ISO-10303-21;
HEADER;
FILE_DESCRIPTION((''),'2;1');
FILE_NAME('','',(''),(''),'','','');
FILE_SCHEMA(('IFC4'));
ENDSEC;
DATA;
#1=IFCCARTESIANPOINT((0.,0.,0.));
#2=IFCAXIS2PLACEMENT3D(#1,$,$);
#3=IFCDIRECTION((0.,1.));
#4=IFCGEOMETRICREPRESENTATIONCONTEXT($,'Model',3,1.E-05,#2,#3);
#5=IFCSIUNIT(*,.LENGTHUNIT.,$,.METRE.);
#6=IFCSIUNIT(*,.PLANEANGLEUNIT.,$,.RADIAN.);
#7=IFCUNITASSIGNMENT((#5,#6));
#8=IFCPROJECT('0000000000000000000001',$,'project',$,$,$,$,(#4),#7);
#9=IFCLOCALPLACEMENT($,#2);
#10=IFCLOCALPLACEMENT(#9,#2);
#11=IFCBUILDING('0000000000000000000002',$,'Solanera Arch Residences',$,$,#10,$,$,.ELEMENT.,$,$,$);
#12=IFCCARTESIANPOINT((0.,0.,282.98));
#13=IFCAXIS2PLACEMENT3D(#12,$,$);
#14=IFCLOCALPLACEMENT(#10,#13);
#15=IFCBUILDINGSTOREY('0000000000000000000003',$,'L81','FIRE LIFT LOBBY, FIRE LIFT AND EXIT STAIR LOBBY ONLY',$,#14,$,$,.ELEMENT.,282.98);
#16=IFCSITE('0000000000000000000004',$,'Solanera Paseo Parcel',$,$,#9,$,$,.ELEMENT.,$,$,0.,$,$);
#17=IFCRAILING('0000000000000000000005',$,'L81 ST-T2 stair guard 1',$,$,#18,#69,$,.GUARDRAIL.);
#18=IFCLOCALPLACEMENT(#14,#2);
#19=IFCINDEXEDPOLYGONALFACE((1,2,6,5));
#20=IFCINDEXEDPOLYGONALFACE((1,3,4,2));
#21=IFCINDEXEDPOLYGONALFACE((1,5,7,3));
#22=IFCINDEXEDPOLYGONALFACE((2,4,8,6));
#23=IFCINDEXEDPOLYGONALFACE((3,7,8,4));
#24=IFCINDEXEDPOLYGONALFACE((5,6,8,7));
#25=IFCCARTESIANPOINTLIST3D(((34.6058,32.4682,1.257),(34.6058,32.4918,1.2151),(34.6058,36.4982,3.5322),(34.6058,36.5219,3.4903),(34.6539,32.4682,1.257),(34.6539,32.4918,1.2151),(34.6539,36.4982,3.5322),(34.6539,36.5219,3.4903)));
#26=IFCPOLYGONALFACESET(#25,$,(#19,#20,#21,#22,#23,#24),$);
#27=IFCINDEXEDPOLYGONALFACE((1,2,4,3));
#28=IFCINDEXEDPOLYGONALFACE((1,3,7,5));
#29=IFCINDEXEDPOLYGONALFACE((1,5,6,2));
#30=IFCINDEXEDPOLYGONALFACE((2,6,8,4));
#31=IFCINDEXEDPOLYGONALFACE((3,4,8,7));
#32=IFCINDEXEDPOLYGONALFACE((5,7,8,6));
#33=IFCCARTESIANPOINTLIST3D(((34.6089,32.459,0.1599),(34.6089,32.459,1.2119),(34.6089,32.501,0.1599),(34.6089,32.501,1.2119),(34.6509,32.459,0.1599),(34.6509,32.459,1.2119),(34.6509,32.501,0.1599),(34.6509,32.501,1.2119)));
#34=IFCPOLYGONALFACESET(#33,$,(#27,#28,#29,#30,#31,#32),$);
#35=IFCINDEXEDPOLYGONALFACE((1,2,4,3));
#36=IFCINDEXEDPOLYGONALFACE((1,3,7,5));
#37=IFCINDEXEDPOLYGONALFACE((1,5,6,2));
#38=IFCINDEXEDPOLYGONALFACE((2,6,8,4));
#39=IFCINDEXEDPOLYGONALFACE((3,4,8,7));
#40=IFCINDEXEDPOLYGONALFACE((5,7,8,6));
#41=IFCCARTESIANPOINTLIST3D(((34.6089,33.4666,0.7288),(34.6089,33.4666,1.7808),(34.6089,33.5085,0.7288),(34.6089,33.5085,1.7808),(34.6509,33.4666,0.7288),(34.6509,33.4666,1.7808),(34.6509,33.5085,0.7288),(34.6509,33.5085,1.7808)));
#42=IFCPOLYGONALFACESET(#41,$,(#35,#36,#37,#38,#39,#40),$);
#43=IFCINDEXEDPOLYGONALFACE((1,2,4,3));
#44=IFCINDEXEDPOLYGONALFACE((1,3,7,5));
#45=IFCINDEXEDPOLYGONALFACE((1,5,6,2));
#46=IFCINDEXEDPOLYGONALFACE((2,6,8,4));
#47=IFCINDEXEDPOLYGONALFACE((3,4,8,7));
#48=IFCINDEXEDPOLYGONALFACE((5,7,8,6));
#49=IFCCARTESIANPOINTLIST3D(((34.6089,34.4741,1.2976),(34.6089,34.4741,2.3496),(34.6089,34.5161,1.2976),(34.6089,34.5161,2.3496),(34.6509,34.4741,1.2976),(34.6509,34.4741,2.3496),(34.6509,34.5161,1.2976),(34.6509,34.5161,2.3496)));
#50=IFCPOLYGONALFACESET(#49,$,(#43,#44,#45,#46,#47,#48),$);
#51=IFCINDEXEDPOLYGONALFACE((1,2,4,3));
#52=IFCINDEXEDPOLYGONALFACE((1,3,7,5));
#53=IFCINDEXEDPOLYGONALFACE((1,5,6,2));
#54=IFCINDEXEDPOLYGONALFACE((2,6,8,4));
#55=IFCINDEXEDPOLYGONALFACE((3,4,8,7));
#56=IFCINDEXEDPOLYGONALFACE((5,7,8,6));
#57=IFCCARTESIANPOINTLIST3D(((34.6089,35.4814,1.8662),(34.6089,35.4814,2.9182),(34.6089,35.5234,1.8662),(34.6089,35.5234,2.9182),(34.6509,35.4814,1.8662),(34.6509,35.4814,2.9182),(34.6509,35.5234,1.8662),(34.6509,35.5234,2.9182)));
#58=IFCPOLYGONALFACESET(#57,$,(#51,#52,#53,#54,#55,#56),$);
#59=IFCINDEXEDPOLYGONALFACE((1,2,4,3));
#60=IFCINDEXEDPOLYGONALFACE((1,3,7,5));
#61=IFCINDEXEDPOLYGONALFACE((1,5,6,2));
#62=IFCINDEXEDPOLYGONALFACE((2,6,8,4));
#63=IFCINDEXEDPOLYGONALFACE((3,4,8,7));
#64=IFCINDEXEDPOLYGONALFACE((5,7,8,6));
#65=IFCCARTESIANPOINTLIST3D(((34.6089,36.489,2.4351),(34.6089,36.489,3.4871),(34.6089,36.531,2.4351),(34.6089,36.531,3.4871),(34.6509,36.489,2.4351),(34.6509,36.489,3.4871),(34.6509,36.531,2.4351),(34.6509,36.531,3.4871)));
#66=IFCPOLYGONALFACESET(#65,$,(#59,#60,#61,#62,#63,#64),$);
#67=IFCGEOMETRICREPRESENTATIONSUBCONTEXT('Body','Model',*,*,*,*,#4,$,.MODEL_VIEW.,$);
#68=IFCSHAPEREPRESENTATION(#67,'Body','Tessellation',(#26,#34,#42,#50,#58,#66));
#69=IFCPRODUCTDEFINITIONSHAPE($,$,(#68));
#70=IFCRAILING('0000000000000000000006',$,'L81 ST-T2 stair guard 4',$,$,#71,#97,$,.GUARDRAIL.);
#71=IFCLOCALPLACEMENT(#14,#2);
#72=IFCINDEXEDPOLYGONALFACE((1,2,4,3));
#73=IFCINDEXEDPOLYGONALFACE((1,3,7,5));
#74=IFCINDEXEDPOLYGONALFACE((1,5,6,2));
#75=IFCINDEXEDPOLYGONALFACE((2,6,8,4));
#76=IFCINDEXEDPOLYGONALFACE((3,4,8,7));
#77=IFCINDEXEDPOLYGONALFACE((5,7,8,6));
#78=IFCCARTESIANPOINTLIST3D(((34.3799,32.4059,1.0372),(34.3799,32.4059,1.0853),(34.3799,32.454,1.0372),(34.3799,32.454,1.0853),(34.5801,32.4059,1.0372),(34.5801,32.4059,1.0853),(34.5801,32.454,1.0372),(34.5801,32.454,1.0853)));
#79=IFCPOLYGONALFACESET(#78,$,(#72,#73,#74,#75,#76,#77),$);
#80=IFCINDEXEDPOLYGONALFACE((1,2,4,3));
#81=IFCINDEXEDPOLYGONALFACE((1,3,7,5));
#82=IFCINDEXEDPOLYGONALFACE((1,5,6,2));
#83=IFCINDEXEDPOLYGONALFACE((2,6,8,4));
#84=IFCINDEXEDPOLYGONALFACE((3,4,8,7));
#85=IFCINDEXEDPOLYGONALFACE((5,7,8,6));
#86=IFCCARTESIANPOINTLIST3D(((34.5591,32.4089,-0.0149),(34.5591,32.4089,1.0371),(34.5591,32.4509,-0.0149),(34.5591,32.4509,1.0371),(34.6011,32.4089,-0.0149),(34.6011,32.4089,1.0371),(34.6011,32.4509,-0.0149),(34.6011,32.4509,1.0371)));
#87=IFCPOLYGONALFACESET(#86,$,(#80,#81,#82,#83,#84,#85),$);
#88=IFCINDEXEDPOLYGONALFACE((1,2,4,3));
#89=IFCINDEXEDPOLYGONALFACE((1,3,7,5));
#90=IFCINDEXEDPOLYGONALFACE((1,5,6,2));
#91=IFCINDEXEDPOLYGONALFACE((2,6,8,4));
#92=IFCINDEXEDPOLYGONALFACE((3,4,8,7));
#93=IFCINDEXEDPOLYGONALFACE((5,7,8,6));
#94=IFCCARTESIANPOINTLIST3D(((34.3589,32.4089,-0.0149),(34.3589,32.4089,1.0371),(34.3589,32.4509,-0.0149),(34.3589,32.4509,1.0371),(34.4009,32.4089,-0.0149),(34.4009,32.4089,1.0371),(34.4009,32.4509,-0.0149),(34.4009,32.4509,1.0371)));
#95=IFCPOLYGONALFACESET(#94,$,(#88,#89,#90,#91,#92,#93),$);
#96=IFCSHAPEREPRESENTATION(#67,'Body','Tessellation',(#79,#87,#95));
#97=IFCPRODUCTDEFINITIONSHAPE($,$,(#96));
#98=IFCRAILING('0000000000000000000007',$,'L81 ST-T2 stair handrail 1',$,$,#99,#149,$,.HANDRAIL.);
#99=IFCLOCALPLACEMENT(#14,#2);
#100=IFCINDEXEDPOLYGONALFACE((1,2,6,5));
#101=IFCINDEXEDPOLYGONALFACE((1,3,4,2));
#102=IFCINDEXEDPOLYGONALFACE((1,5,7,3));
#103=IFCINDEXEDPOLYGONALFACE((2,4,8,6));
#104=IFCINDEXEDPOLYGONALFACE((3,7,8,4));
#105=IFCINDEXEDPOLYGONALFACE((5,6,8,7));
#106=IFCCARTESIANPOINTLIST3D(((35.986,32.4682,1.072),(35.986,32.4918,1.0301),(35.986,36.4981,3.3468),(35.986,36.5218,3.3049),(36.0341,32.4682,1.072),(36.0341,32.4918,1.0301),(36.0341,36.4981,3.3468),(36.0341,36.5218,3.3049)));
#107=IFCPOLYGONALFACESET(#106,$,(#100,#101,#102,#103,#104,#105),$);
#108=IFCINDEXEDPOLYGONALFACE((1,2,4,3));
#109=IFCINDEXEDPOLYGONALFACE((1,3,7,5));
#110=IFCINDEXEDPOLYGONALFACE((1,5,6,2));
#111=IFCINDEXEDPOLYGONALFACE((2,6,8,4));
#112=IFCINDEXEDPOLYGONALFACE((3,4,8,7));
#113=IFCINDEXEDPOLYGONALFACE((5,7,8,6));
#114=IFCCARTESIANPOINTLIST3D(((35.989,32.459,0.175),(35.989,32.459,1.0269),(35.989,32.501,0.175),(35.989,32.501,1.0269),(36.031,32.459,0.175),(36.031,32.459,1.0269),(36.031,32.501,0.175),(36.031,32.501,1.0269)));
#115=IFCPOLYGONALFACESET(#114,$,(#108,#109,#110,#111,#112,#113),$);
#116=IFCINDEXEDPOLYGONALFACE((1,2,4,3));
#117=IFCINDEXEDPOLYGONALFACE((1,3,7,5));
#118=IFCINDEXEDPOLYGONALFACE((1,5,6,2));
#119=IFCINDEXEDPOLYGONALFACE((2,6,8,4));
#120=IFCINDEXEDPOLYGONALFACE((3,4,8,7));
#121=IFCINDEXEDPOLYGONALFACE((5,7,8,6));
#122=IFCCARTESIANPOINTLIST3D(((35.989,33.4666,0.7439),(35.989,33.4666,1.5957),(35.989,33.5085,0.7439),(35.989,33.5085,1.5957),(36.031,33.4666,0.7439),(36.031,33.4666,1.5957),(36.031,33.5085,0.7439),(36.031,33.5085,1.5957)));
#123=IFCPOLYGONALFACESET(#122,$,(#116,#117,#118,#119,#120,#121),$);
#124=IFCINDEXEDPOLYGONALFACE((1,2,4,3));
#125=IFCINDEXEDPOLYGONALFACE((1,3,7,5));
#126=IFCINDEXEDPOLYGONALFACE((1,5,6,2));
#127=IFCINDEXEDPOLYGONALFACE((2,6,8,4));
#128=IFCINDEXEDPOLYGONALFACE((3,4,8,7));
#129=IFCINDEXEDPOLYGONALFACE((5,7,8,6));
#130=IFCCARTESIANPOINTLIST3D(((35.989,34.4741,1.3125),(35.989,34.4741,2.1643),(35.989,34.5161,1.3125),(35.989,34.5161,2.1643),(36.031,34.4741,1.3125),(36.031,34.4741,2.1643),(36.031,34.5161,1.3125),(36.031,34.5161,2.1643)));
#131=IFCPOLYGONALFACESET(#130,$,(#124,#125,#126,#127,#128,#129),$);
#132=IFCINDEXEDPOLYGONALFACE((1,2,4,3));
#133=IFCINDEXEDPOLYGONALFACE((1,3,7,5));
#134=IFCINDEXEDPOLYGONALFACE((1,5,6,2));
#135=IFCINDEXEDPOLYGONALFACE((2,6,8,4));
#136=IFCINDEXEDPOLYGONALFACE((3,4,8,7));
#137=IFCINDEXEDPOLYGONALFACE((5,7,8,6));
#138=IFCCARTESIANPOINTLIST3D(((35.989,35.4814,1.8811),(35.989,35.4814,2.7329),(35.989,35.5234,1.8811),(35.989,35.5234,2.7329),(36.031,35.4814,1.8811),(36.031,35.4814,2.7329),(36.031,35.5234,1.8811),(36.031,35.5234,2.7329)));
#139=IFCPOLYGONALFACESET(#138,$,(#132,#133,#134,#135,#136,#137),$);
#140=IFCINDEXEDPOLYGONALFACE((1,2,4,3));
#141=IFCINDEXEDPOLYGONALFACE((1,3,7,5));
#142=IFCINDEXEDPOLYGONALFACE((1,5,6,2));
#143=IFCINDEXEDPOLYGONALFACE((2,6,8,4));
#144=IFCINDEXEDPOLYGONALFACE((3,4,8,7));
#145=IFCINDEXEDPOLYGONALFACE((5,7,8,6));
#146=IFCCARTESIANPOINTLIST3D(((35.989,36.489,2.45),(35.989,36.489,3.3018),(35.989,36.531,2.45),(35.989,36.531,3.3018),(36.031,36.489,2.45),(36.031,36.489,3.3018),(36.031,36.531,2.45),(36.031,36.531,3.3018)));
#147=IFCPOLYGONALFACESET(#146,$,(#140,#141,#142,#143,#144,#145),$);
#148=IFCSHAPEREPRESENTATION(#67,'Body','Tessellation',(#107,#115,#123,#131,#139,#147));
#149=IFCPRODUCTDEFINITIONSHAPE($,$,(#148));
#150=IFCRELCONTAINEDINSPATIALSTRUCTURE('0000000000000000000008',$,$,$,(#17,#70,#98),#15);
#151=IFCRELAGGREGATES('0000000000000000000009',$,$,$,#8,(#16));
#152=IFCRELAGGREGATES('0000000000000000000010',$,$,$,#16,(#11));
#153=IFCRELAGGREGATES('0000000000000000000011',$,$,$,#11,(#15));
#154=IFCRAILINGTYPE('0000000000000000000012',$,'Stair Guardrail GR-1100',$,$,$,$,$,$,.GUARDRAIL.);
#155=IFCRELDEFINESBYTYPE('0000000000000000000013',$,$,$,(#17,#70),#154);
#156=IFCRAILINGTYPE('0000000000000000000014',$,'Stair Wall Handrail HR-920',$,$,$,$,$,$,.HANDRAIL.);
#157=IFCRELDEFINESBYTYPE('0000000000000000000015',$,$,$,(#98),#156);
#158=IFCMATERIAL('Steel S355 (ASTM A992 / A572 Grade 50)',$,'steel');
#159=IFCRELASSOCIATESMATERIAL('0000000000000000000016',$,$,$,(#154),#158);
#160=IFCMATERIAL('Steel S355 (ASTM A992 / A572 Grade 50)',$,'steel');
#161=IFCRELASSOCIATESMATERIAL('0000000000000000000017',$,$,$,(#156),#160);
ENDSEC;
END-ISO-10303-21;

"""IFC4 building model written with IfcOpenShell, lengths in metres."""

from ifc_helpers import new_model, si_unit, direction, frame, origin, origin_2d, place, context, subcontext, project, spatial, rectangle, extrude, material, type_object, element, save


model = new_model("IFC4")

# Units and contexts
model_context = context("Model", 3, precision=1e-05, world=origin(), true_north=direction((0.0, 1.0)))
body_context = subcontext(model_context, "Body", "Model", "MODEL_VIEW")
ifc_project = project(units=[si_unit("LENGTHUNIT", "METRE"), si_unit("PLANEANGLEUNIT", "RADIAN")], contexts=[model_context])

# Site, building, storey
site_placement = place(None, origin())
site = spatial("IfcSite", under=ifc_project, at=site_placement, Name="Solanera Paseo Parcel", CompositionType="ELEMENT", RefElevation=0.0)
building_placement = place(site_placement, origin())
building = spatial("IfcBuilding", under=site, at=building_placement, Name="Solanera Arch Residences", CompositionType="ELEMENT")
storey_placement = place(building_placement, frame((0.0, 0.0, 282.98)))
storey = spatial("IfcBuildingStorey", under=building, at=storey_placement, Name="L81", Description="FIRE LIFT LOBBY, FIRE LIFT AND EXIT STAIR LOBBY ONLY", CompositionType="ELEMENT", Elevation=282.98)

# Railings
ifc_material_1 = material(Name="Steel S355 (ASTM A992 / A572 Grade 50)", Category="steel")
railing_type_1 = type_object("IfcRailingType", Name="Stair Guardrail GR-1100", PredefinedType="GUARDRAIL", material=ifc_material_1)
railing_1_placement = place(storey_placement, frame((34.6299, 32.48, 0.1599)))
element("IfcRailing", 1, at=railing_1_placement, inside=storey, type_object=railing_type_1, Name="L81 ST-T2 stair guard 1", PredefinedType="GUARDRAIL", context=body_context, shape_type="SweptSolid", body=[
    extrude(rectangle(XDim=0.0481, YDim=0.0481, at=origin_2d()), frame((0.0, 0.0, 1.0762), z_axis=(0.0, 0.870812, 0.491616), x_axis=(-1.0, 0.0, 0.0)), (0.0, 0.0, 1.0), 4.6279),
    extrude(rectangle(XDim=0.042, YDim=0.042, at=origin_2d()), origin(), (0.0, 0.0, 1.0), 1.052),
    extrude(rectangle(XDim=0.042, YDim=0.042, at=origin_2d()), frame((0.0, 1.0076, 0.5688)), (0.0, 0.0, 1.0), 1.052),
    extrude(rectangle(XDim=0.042, YDim=0.042, at=origin_2d()), frame((0.0, 2.0151, 1.1377)), (0.0, 0.0, 1.0), 1.052),
    extrude(rectangle(XDim=0.042, YDim=0.042, at=origin_2d()), frame((0.0, 3.0225, 1.7063)), (0.0, 0.0, 1.0), 1.052),
    extrude(rectangle(XDim=0.042, YDim=0.042, at=origin_2d()), frame((0.0, 4.03, 2.2751)), (0.0, 0.0, 1.0), 1.052),
])
railing_2_placement = place(storey_placement, frame((34.5801, 32.4299, -0.0149)))
element("IfcRailing", 2, at=railing_2_placement, inside=storey, type_object=railing_type_1, Name="L81 ST-T2 stair guard 4", PredefinedType="GUARDRAIL", context=body_context, shape_type="SweptSolid", body=[
    extrude(rectangle(XDim=0.0481, YDim=0.0481, at=origin_2d()), frame((0.0, 0.0, 1.0762), z_axis=(-1.0, 0.0, 0.0), x_axis=(0.0, -1.0, 0.0)), (0.0, 0.0, 1.0), 0.2002),
    extrude(rectangle(XDim=0.042, YDim=0.042, at=origin_2d()), origin(), (0.0, 0.0, 1.0), 1.052),
    extrude(rectangle(XDim=0.042, YDim=0.042, at=origin_2d()), frame((-0.2002, 0.0, 0.0)), (0.0, 0.0, 1.0), 1.052),
])
ifc_material_2 = material(Name="Steel S355 (ASTM A992 / A572 Grade 50)", Category="steel")
railing_type_2 = type_object("IfcRailingType", Name="Stair Wall Handrail HR-920", PredefinedType="HANDRAIL", material=ifc_material_2)
railing_3_placement = place(storey_placement, frame((36.01, 32.48, 0.175)))
element("IfcRailing", 3, at=railing_3_placement, inside=storey, type_object=railing_type_2, Name="L81 ST-T2 stair handrail 1", PredefinedType="HANDRAIL", context=body_context, shape_type="SweptSolid", body=[
    extrude(rectangle(XDim=0.0481, YDim=0.0481, at=origin_2d()), frame((0.0, 0.0, 0.876), z_axis=(0.0, 0.870835, 0.491576), x_axis=(-1.0, 0.0, 0.0)), (0.0, 0.0, 1.0), 4.6277),
    extrude(rectangle(XDim=0.042, YDim=0.042, at=origin_2d()), origin(), (0.0, 0.0, 1.0), 0.8518),
    extrude(rectangle(XDim=0.042, YDim=0.042, at=origin_2d()), frame((0.0, 1.0076, 0.5688)), (0.0, 0.0, 1.0), 0.8518),
    extrude(rectangle(XDim=0.042, YDim=0.042, at=origin_2d()), frame((0.0, 2.0151, 1.1375)), (0.0, 0.0, 1.0), 0.8518),
    extrude(rectangle(XDim=0.042, YDim=0.042, at=origin_2d()), frame((0.0, 3.0225, 1.7061)), (0.0, 0.0, 1.0), 0.8518),
    extrude(rectangle(XDim=0.042, YDim=0.042, at=origin_2d()), frame((0.0, 4.03, 2.2749)), (0.0, 0.0, 1.0), 0.8518),
])

save(model, "model.ifc")
